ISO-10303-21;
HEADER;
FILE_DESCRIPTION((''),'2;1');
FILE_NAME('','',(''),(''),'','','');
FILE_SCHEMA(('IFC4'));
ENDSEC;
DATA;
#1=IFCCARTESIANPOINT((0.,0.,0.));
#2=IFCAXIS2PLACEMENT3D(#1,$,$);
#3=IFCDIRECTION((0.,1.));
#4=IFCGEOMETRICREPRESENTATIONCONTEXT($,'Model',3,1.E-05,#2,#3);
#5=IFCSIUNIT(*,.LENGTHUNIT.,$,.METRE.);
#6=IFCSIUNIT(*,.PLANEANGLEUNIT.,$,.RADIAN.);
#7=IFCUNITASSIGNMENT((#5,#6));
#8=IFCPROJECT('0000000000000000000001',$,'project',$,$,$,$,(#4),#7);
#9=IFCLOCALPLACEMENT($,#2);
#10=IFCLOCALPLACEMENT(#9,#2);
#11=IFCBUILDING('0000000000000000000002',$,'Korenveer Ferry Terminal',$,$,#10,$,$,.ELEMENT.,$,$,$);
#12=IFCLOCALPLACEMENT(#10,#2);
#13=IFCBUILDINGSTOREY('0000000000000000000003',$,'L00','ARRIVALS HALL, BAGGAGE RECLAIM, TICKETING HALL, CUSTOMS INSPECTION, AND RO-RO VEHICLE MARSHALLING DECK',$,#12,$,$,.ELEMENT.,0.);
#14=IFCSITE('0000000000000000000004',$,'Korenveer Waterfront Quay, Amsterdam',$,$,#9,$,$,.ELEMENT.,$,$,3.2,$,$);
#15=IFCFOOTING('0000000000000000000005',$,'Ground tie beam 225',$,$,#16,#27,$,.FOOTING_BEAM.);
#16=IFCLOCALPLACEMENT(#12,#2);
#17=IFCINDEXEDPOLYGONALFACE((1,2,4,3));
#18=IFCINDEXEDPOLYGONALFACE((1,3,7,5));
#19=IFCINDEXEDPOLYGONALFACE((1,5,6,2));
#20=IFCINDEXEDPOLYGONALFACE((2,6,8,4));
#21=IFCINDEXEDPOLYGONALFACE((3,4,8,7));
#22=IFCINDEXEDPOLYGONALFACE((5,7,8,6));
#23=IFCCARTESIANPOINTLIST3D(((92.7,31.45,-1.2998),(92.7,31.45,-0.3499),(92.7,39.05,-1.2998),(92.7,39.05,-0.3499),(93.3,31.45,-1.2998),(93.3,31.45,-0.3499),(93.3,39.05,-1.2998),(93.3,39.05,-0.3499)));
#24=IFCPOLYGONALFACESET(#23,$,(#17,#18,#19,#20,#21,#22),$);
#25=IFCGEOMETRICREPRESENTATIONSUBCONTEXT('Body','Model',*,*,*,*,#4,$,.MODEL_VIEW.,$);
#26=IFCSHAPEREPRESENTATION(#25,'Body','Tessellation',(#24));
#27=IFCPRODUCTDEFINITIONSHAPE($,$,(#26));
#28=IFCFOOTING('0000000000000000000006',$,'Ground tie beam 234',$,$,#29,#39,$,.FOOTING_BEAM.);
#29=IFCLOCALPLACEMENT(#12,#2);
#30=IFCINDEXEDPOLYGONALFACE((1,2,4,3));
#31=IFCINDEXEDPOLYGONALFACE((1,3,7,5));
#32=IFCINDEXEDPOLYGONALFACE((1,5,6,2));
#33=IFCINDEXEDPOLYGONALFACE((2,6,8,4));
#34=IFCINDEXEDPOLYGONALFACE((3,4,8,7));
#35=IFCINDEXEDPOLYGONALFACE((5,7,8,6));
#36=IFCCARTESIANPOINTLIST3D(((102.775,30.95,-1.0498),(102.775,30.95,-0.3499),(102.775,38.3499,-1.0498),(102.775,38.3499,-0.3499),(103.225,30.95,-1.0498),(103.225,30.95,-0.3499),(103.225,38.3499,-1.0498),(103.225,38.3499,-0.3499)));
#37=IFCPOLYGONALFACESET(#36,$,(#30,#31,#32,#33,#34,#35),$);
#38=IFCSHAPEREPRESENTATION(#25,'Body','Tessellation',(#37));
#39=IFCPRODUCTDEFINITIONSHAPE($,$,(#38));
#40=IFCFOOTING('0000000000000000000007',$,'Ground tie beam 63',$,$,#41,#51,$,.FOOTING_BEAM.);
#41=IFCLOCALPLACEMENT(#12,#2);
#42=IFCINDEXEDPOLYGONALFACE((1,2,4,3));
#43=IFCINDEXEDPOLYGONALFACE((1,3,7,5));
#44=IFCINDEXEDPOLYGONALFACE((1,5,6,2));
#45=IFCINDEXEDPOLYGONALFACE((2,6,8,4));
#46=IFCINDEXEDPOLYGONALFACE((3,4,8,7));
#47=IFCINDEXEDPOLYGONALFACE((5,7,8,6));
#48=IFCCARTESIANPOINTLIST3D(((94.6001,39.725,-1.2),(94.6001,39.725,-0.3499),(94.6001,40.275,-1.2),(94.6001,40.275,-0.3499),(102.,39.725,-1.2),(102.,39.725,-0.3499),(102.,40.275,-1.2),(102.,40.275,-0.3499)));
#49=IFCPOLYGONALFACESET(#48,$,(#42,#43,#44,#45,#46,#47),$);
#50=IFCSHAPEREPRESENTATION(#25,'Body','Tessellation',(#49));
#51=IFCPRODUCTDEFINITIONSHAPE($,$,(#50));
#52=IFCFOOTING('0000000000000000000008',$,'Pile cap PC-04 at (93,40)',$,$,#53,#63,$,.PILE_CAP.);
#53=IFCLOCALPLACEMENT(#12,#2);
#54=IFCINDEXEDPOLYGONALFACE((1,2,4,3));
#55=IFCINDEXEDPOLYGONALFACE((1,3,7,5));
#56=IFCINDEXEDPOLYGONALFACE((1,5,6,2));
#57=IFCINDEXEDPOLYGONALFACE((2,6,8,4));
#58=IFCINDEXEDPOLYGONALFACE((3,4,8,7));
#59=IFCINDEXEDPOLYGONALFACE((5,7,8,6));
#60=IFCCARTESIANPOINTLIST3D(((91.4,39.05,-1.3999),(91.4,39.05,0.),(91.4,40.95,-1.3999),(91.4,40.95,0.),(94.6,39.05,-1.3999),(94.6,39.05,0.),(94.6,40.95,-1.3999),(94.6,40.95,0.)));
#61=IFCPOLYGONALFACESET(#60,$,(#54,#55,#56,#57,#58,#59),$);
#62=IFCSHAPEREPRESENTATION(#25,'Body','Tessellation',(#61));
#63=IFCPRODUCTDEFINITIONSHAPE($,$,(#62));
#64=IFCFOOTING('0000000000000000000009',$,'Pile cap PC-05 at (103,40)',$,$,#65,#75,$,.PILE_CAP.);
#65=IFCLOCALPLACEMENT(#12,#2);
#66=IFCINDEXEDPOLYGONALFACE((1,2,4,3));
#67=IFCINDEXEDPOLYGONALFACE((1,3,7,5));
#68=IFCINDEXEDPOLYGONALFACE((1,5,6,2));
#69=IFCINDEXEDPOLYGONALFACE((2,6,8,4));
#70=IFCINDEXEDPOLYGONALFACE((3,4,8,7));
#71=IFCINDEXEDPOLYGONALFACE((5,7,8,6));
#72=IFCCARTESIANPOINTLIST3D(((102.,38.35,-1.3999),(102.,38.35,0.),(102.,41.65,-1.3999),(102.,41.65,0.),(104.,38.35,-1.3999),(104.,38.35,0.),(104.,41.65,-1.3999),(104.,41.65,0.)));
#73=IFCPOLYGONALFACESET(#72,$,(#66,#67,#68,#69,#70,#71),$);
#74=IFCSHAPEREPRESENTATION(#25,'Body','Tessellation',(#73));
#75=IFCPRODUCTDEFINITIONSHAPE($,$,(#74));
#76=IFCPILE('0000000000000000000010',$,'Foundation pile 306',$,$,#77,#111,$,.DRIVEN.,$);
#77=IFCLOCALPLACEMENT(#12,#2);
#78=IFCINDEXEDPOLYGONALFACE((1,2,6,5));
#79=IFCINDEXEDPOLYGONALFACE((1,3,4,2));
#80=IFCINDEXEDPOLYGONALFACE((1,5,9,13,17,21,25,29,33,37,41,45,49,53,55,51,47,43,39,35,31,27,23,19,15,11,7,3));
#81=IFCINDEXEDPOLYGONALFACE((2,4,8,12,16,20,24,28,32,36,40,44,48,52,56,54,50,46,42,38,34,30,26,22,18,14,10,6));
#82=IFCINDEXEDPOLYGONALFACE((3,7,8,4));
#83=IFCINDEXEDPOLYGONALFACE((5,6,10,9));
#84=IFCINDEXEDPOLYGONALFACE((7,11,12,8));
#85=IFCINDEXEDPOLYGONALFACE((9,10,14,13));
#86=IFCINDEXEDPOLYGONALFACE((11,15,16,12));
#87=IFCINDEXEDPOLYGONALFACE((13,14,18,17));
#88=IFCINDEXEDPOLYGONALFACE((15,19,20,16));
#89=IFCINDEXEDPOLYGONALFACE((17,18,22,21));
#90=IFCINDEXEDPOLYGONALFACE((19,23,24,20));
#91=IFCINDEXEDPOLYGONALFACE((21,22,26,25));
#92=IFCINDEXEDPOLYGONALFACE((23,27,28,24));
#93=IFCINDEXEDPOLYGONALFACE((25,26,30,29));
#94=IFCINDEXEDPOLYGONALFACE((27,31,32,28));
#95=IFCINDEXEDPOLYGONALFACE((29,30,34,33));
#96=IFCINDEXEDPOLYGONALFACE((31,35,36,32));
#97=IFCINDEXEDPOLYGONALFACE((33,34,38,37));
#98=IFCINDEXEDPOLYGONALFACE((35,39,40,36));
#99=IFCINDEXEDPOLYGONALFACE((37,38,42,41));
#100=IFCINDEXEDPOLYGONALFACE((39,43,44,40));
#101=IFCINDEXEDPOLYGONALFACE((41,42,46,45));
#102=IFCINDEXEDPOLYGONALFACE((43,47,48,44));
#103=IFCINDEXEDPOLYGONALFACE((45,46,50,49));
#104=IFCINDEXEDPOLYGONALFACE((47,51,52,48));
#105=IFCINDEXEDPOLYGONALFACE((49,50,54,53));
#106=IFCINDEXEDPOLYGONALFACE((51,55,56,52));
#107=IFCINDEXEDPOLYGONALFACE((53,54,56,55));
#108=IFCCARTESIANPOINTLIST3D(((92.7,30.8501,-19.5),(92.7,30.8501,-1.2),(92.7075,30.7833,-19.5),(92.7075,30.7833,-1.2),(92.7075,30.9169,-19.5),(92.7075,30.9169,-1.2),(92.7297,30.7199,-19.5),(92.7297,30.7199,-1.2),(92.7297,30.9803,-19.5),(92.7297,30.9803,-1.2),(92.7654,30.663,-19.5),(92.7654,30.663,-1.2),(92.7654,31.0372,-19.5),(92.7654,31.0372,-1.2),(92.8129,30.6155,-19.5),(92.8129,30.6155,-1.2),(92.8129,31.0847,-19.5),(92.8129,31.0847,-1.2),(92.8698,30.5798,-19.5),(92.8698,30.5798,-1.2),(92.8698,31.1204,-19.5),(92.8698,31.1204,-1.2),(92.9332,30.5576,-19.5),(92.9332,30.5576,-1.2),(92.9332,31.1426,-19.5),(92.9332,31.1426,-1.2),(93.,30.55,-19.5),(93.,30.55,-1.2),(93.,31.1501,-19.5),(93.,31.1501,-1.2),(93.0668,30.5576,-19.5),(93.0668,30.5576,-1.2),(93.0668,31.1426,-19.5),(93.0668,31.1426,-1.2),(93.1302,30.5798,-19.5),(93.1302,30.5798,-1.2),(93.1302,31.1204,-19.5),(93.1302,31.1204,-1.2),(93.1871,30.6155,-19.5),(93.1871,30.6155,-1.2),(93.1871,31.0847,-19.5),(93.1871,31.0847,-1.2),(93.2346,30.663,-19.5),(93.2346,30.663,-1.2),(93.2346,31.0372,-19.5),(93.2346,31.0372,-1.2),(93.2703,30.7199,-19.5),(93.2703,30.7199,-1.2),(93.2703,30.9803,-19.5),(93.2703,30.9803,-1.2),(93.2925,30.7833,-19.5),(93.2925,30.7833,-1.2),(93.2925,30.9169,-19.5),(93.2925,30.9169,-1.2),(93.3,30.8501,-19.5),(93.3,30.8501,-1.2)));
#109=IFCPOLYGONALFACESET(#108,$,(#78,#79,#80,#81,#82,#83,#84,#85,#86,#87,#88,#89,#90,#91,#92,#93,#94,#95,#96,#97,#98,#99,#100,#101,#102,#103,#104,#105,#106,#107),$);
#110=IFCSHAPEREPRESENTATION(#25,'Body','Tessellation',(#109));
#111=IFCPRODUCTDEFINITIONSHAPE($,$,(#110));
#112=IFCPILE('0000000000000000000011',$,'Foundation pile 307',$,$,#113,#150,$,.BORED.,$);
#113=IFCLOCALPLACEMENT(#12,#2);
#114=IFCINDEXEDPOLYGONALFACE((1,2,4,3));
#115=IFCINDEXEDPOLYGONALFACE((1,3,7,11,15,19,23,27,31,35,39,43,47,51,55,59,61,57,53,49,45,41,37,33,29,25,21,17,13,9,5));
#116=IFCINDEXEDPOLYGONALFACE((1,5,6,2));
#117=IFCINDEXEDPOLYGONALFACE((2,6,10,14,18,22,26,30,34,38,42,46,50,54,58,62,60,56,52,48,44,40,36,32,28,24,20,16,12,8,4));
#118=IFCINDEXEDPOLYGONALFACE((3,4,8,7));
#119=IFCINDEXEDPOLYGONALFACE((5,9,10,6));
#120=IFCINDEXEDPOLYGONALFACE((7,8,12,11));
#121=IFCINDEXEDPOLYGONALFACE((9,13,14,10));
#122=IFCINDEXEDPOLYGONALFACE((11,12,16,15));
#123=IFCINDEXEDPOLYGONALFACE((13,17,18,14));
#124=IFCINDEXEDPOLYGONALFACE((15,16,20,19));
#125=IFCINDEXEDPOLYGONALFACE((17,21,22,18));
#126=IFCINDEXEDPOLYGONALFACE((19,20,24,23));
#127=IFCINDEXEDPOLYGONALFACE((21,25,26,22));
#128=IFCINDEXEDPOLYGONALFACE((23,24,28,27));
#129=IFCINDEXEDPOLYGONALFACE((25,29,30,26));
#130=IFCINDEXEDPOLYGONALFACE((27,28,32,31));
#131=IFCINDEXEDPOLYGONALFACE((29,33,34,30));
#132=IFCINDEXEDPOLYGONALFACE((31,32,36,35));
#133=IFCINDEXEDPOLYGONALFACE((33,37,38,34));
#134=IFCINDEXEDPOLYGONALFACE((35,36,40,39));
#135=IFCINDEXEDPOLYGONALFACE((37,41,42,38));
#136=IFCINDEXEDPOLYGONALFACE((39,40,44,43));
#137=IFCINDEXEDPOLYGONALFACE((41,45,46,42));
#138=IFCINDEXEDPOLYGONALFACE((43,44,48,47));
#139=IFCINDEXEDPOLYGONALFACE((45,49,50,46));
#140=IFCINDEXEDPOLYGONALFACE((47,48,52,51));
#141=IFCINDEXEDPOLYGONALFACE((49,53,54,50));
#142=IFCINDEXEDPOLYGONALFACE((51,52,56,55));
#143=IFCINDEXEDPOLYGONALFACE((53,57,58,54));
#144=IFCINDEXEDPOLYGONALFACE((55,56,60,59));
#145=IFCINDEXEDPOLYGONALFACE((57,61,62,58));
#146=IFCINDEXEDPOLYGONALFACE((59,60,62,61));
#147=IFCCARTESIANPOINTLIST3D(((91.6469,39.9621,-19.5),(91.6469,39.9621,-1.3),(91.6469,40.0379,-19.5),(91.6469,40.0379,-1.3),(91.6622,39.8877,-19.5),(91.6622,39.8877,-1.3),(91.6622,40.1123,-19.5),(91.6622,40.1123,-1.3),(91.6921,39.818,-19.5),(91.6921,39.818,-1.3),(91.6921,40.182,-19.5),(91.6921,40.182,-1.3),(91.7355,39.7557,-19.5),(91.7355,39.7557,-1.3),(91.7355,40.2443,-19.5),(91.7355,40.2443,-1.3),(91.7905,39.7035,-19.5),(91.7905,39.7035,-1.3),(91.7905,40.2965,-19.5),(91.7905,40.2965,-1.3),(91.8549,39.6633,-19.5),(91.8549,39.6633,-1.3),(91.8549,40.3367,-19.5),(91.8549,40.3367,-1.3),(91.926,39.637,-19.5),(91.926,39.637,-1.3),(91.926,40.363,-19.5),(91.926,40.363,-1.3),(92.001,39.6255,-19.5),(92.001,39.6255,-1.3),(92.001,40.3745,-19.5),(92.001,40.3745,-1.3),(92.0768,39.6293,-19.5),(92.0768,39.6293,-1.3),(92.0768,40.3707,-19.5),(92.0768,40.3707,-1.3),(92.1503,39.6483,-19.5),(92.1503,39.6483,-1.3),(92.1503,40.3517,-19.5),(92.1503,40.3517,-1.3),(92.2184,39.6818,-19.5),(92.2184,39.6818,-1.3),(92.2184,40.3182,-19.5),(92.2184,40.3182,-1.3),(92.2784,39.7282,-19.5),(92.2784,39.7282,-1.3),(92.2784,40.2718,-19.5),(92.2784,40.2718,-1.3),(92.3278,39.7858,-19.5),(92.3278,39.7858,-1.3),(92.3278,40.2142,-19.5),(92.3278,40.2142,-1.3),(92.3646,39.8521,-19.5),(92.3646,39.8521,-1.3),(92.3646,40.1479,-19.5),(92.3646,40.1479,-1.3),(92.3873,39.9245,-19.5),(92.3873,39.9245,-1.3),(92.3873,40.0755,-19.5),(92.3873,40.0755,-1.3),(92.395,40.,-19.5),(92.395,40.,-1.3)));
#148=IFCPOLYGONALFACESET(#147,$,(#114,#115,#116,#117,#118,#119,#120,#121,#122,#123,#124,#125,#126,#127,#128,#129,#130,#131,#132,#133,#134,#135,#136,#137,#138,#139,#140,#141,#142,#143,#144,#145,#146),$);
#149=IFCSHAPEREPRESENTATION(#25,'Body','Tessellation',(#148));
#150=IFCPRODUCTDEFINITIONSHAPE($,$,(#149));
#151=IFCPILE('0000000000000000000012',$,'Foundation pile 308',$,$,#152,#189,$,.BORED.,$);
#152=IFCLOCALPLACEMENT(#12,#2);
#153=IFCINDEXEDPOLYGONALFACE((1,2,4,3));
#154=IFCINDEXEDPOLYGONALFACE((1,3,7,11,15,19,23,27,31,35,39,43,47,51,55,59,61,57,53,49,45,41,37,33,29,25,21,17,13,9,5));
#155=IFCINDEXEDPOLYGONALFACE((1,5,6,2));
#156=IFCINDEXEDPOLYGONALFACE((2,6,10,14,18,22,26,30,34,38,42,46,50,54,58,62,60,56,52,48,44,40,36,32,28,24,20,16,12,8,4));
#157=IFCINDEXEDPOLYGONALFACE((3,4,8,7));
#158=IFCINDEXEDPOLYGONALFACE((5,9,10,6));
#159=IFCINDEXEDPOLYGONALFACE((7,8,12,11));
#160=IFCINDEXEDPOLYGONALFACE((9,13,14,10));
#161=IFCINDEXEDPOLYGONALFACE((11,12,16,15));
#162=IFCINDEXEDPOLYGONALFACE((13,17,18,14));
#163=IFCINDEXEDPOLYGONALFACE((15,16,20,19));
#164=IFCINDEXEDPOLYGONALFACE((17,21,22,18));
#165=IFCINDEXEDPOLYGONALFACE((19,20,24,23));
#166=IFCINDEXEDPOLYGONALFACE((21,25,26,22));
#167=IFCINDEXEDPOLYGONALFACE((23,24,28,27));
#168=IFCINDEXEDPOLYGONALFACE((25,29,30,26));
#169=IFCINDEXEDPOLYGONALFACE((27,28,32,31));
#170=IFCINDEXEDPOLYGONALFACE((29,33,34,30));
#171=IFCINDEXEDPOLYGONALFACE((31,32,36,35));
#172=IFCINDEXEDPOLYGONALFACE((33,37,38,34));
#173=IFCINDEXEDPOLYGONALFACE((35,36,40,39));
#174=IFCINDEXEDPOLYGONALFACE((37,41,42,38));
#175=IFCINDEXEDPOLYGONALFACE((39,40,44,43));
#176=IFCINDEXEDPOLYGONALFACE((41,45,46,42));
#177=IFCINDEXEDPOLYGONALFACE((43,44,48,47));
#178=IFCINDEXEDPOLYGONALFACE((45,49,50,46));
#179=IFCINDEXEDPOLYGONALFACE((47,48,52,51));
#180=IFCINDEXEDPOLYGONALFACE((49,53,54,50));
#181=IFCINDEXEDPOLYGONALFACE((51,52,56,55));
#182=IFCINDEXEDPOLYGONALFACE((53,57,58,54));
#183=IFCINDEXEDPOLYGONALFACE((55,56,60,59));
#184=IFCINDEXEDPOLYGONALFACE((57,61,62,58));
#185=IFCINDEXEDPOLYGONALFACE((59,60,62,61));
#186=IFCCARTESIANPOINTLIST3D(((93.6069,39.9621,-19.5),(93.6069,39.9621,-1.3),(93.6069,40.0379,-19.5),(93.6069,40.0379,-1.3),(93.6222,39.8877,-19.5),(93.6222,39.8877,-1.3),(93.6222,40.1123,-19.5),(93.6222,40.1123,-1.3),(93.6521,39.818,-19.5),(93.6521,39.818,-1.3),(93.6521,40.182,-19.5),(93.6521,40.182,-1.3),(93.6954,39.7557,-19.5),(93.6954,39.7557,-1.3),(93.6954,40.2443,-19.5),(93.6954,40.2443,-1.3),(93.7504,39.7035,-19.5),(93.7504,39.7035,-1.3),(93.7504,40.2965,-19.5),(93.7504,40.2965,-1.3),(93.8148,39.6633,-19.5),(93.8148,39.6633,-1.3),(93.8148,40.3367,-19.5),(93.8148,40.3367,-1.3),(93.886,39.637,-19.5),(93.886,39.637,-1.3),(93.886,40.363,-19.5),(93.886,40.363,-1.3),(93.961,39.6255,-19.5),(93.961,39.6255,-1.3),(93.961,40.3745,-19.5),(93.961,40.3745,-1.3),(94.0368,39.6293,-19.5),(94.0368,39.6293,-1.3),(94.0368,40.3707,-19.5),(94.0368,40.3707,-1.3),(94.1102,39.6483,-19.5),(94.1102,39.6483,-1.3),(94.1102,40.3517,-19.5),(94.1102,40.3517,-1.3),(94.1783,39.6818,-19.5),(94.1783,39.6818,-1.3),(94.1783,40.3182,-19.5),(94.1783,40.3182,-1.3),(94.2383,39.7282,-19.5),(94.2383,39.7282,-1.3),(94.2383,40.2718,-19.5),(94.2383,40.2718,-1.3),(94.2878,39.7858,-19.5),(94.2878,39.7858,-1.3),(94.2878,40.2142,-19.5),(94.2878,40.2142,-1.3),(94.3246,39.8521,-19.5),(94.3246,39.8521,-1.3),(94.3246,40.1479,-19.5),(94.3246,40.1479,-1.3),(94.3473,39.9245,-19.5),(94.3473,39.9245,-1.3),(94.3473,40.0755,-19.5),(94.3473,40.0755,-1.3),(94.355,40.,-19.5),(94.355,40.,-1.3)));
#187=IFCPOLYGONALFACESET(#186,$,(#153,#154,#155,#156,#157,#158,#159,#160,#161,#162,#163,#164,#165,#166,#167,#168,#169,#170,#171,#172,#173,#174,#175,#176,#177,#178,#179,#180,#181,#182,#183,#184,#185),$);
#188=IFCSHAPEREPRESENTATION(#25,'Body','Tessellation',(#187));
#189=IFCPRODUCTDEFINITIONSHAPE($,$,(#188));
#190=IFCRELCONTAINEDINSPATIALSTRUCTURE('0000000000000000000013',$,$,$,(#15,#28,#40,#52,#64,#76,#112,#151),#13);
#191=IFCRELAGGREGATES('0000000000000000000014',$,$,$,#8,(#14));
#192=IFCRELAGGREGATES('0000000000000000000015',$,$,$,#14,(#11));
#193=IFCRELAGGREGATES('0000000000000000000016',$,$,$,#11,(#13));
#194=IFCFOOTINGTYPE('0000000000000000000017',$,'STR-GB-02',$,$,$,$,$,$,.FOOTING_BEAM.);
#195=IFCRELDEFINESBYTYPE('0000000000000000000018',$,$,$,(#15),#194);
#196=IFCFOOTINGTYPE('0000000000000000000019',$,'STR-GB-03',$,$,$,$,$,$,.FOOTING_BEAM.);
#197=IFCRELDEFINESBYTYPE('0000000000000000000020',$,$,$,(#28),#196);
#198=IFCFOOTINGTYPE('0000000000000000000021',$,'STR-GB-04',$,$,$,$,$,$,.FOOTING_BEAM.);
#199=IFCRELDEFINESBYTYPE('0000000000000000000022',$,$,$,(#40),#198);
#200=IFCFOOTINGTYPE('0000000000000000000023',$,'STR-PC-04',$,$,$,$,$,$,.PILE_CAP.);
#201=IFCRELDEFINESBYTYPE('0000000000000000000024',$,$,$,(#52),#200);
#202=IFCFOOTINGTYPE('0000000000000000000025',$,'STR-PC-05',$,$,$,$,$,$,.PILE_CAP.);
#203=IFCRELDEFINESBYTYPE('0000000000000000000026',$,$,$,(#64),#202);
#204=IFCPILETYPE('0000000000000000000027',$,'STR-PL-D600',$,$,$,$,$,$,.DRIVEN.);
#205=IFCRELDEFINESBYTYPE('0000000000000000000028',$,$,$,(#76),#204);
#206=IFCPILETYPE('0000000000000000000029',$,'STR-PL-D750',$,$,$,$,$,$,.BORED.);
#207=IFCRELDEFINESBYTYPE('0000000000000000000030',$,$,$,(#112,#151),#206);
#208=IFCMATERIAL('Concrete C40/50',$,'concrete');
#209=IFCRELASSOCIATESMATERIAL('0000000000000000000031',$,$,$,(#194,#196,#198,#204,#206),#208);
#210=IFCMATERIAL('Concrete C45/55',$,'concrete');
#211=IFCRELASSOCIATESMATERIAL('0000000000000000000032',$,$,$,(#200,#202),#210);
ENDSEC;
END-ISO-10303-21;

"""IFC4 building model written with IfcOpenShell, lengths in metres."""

from ifc_helpers import new_model, si_unit, direction, frame, origin, origin_2d, place, context, subcontext, project, spatial, rectangle, circle, extrude, material, material_profile, profile_set, type_object, element, save


model = new_model("IFC4")

# Units and contexts
model_context = context("Model", 3, precision=1e-05, world=origin(), true_north=direction((0.0, 1.0)))
body_context = subcontext(model_context, "Body", "Model", "MODEL_VIEW")
ifc_project = project(units=[si_unit("LENGTHUNIT", "METRE"), si_unit("PLANEANGLEUNIT", "RADIAN")], contexts=[model_context])

# Site, building, storey
site_placement = place(None, origin())
site = spatial("IfcSite", under=ifc_project, at=site_placement, Name="Korenveer Waterfront Quay, Amsterdam", CompositionType="ELEMENT", RefElevation=3.2)
building_placement = place(site_placement, origin())
building = spatial("IfcBuilding", under=site, at=building_placement, Name="Korenveer Ferry Terminal", CompositionType="ELEMENT")
storey_placement = place(building_placement, origin())
storey = spatial("IfcBuildingStorey", under=building, at=storey_placement, Name="L00", Description="ARRIVALS HALL, BAGGAGE RECLAIM, TICKETING HALL, CUSTOMS INSPECTION, AND RO-RO VEHICLE MARSHALLING DECK", CompositionType="ELEMENT", Elevation=0.0)

# Footings
ifc_material_1 = material(Name="Concrete C40/50", Category="concrete")
footing_type_1 = type_object("IfcFootingType", Name="STR-GB-02", PredefinedType="FOOTING_BEAM", material=ifc_material_1)
footing_1_placement = place(storey_placement, frame((93.0, 35.25, -1.2998), z_axis=(0.0, 0.0, 1.0), x_axis=(1.0, 0.0, 0.0)))
element("IfcFooting", 1, at=footing_1_placement, inside=storey, type_object=footing_type_1, Name="Ground tie beam 225", PredefinedType="FOOTING_BEAM", context=body_context, shape_type="SweptSolid", body=[
    extrude(rectangle(XDim=0.6001, YDim=7.6001, at=origin_2d()), origin(), (0.0, 0.0, 1.0), 0.95),
])
footing_type_2 = type_object("IfcFootingType", Name="STR-GB-03", PredefinedType="FOOTING_BEAM", material=ifc_material_1)
footing_2_placement = place(storey_placement, frame((103.0, 34.6499, -1.0498), z_axis=(0.0, 0.0, 1.0), x_axis=(1.0, 0.0, 0.0)))
element("IfcFooting", 2, at=footing_2_placement, inside=storey, type_object=footing_type_2, Name="Ground tie beam 234", PredefinedType="FOOTING_BEAM", context=body_context, shape_type="SweptSolid", body=[
    extrude(rectangle(XDim=0.45, YDim=7.3999, at=origin_2d()), origin(), (0.0, 0.0, 1.0), 0.7),
])
footing_type_3 = type_object("IfcFootingType", Name="STR-GB-04", PredefinedType="FOOTING_BEAM", material=ifc_material_1)
footing_3_placement = place(storey_placement, frame((98.3, 40.0, -1.2), z_axis=(0.0, 0.0, 1.0), x_axis=(1.0, 0.0, 0.0)))
element("IfcFooting", 3, at=footing_3_placement, inside=storey, type_object=footing_type_3, Name="Ground tie beam 63", PredefinedType="FOOTING_BEAM", context=body_context, shape_type="SweptSolid", body=[
    extrude(rectangle(XDim=7.3999, YDim=0.55, at=origin_2d()), origin(), (0.0, 0.0, 1.0), 0.8501),
])
ifc_material_2 = material(Name="Concrete C45/55", Category="concrete")
footing_type_4 = type_object("IfcFootingType", Name="STR-PC-04", PredefinedType="PILE_CAP", material=ifc_material_2)
footing_4_placement = place(storey_placement, frame((93.0, 40.0, -1.3999), z_axis=(0.0, 0.0, 1.0), x_axis=(1.0, 0.0, 0.0)))
element("IfcFooting", 4, at=footing_4_placement, inside=storey, type_object=footing_type_4, Name="Pile cap PC-04 at (93,40)", PredefinedType="PILE_CAP", context=body_context, shape_type="SweptSolid", body=[
    extrude(rectangle(XDim=3.2, YDim=1.8999, at=origin_2d()), origin(), (0.0, 0.0, 1.0), 1.3999),
])
footing_type_5 = type_object("IfcFootingType", Name="STR-PC-05", PredefinedType="PILE_CAP", material=ifc_material_2)
footing_5_placement = place(storey_placement, frame((103.0, 40.0, -1.3999), z_axis=(0.0, 0.0, 1.0), x_axis=(1.0, 0.0, 0.0)))
element("IfcFooting", 5, at=footing_5_placement, inside=storey, type_object=footing_type_5, Name="Pile cap PC-05 at (103,40)", PredefinedType="PILE_CAP", context=body_context, shape_type="SweptSolid", body=[
    extrude(rectangle(XDim=2.0, YDim=3.3, at=origin_2d()), origin(), (0.0, 0.0, 1.0), 1.3999),
])

# Piles
ifc_material_profile_1 = material_profile(ifc_material_1, circle(Radius=0.3, at=origin_2d()), Name="PILE D600")
ifc_profile_set_1 = profile_set([ifc_material_profile_1], Name="Concrete C40/50")
pile_type_1 = type_object("IfcPileType", Name="STR-PL-D600", PredefinedType="DRIVEN", material=ifc_profile_set_1)
pile_placement = place(storey_placement, frame((93.0, 30.8501, -1.2), z_axis=(0.0, 0.0, -1.0), x_axis=(1.0, 0.0, 0.0)))
element("IfcPile", 6, at=pile_placement, inside=storey, type_object=pile_type_1, Name="Foundation pile 306", PredefinedType="DRIVEN", context=body_context, shape_type="SweptSolid", body=[
    extrude(circle(Radius=0.3, at=origin_2d()), origin(), (0.0, 0.0, 1.0), 18.3),
])
ifc_material_profile_2 = material_profile(ifc_material_1, circle(Radius=0.375, at=origin_2d()), Name="PILE D750")
ifc_profile_set_2 = profile_set([ifc_material_profile_2], Name="Concrete C40/50")
pile_type_2 = type_object("IfcPileType", Name="STR-PL-D750", PredefinedType="BORED", material=ifc_profile_set_2)
for number, where, z_axis, x_axis, name in (
    (7, (92.02, 40.0, -1.3), (0.0, 0.0, -1.0), (1.0, 0.0, 0.0), "Foundation pile 307"),
    (8, (93.98, 40.0, -1.3), (0.0, 0.0, -1.0), (1.0, 0.0, 0.0), "Foundation pile 308"),
):
    element("IfcPile", number, at=place(storey_placement, frame(where, z_axis=z_axis, x_axis=x_axis)), inside=storey, type_object=pile_type_2, Name=name, PredefinedType="BORED", context=body_context, shape_type="SweptSolid", body=[
        extrude(circle(Radius=0.375, at=origin_2d()), origin(), (0.0, 0.0, 1.0), 18.2),
    ])

save(model, "model.ifc")
